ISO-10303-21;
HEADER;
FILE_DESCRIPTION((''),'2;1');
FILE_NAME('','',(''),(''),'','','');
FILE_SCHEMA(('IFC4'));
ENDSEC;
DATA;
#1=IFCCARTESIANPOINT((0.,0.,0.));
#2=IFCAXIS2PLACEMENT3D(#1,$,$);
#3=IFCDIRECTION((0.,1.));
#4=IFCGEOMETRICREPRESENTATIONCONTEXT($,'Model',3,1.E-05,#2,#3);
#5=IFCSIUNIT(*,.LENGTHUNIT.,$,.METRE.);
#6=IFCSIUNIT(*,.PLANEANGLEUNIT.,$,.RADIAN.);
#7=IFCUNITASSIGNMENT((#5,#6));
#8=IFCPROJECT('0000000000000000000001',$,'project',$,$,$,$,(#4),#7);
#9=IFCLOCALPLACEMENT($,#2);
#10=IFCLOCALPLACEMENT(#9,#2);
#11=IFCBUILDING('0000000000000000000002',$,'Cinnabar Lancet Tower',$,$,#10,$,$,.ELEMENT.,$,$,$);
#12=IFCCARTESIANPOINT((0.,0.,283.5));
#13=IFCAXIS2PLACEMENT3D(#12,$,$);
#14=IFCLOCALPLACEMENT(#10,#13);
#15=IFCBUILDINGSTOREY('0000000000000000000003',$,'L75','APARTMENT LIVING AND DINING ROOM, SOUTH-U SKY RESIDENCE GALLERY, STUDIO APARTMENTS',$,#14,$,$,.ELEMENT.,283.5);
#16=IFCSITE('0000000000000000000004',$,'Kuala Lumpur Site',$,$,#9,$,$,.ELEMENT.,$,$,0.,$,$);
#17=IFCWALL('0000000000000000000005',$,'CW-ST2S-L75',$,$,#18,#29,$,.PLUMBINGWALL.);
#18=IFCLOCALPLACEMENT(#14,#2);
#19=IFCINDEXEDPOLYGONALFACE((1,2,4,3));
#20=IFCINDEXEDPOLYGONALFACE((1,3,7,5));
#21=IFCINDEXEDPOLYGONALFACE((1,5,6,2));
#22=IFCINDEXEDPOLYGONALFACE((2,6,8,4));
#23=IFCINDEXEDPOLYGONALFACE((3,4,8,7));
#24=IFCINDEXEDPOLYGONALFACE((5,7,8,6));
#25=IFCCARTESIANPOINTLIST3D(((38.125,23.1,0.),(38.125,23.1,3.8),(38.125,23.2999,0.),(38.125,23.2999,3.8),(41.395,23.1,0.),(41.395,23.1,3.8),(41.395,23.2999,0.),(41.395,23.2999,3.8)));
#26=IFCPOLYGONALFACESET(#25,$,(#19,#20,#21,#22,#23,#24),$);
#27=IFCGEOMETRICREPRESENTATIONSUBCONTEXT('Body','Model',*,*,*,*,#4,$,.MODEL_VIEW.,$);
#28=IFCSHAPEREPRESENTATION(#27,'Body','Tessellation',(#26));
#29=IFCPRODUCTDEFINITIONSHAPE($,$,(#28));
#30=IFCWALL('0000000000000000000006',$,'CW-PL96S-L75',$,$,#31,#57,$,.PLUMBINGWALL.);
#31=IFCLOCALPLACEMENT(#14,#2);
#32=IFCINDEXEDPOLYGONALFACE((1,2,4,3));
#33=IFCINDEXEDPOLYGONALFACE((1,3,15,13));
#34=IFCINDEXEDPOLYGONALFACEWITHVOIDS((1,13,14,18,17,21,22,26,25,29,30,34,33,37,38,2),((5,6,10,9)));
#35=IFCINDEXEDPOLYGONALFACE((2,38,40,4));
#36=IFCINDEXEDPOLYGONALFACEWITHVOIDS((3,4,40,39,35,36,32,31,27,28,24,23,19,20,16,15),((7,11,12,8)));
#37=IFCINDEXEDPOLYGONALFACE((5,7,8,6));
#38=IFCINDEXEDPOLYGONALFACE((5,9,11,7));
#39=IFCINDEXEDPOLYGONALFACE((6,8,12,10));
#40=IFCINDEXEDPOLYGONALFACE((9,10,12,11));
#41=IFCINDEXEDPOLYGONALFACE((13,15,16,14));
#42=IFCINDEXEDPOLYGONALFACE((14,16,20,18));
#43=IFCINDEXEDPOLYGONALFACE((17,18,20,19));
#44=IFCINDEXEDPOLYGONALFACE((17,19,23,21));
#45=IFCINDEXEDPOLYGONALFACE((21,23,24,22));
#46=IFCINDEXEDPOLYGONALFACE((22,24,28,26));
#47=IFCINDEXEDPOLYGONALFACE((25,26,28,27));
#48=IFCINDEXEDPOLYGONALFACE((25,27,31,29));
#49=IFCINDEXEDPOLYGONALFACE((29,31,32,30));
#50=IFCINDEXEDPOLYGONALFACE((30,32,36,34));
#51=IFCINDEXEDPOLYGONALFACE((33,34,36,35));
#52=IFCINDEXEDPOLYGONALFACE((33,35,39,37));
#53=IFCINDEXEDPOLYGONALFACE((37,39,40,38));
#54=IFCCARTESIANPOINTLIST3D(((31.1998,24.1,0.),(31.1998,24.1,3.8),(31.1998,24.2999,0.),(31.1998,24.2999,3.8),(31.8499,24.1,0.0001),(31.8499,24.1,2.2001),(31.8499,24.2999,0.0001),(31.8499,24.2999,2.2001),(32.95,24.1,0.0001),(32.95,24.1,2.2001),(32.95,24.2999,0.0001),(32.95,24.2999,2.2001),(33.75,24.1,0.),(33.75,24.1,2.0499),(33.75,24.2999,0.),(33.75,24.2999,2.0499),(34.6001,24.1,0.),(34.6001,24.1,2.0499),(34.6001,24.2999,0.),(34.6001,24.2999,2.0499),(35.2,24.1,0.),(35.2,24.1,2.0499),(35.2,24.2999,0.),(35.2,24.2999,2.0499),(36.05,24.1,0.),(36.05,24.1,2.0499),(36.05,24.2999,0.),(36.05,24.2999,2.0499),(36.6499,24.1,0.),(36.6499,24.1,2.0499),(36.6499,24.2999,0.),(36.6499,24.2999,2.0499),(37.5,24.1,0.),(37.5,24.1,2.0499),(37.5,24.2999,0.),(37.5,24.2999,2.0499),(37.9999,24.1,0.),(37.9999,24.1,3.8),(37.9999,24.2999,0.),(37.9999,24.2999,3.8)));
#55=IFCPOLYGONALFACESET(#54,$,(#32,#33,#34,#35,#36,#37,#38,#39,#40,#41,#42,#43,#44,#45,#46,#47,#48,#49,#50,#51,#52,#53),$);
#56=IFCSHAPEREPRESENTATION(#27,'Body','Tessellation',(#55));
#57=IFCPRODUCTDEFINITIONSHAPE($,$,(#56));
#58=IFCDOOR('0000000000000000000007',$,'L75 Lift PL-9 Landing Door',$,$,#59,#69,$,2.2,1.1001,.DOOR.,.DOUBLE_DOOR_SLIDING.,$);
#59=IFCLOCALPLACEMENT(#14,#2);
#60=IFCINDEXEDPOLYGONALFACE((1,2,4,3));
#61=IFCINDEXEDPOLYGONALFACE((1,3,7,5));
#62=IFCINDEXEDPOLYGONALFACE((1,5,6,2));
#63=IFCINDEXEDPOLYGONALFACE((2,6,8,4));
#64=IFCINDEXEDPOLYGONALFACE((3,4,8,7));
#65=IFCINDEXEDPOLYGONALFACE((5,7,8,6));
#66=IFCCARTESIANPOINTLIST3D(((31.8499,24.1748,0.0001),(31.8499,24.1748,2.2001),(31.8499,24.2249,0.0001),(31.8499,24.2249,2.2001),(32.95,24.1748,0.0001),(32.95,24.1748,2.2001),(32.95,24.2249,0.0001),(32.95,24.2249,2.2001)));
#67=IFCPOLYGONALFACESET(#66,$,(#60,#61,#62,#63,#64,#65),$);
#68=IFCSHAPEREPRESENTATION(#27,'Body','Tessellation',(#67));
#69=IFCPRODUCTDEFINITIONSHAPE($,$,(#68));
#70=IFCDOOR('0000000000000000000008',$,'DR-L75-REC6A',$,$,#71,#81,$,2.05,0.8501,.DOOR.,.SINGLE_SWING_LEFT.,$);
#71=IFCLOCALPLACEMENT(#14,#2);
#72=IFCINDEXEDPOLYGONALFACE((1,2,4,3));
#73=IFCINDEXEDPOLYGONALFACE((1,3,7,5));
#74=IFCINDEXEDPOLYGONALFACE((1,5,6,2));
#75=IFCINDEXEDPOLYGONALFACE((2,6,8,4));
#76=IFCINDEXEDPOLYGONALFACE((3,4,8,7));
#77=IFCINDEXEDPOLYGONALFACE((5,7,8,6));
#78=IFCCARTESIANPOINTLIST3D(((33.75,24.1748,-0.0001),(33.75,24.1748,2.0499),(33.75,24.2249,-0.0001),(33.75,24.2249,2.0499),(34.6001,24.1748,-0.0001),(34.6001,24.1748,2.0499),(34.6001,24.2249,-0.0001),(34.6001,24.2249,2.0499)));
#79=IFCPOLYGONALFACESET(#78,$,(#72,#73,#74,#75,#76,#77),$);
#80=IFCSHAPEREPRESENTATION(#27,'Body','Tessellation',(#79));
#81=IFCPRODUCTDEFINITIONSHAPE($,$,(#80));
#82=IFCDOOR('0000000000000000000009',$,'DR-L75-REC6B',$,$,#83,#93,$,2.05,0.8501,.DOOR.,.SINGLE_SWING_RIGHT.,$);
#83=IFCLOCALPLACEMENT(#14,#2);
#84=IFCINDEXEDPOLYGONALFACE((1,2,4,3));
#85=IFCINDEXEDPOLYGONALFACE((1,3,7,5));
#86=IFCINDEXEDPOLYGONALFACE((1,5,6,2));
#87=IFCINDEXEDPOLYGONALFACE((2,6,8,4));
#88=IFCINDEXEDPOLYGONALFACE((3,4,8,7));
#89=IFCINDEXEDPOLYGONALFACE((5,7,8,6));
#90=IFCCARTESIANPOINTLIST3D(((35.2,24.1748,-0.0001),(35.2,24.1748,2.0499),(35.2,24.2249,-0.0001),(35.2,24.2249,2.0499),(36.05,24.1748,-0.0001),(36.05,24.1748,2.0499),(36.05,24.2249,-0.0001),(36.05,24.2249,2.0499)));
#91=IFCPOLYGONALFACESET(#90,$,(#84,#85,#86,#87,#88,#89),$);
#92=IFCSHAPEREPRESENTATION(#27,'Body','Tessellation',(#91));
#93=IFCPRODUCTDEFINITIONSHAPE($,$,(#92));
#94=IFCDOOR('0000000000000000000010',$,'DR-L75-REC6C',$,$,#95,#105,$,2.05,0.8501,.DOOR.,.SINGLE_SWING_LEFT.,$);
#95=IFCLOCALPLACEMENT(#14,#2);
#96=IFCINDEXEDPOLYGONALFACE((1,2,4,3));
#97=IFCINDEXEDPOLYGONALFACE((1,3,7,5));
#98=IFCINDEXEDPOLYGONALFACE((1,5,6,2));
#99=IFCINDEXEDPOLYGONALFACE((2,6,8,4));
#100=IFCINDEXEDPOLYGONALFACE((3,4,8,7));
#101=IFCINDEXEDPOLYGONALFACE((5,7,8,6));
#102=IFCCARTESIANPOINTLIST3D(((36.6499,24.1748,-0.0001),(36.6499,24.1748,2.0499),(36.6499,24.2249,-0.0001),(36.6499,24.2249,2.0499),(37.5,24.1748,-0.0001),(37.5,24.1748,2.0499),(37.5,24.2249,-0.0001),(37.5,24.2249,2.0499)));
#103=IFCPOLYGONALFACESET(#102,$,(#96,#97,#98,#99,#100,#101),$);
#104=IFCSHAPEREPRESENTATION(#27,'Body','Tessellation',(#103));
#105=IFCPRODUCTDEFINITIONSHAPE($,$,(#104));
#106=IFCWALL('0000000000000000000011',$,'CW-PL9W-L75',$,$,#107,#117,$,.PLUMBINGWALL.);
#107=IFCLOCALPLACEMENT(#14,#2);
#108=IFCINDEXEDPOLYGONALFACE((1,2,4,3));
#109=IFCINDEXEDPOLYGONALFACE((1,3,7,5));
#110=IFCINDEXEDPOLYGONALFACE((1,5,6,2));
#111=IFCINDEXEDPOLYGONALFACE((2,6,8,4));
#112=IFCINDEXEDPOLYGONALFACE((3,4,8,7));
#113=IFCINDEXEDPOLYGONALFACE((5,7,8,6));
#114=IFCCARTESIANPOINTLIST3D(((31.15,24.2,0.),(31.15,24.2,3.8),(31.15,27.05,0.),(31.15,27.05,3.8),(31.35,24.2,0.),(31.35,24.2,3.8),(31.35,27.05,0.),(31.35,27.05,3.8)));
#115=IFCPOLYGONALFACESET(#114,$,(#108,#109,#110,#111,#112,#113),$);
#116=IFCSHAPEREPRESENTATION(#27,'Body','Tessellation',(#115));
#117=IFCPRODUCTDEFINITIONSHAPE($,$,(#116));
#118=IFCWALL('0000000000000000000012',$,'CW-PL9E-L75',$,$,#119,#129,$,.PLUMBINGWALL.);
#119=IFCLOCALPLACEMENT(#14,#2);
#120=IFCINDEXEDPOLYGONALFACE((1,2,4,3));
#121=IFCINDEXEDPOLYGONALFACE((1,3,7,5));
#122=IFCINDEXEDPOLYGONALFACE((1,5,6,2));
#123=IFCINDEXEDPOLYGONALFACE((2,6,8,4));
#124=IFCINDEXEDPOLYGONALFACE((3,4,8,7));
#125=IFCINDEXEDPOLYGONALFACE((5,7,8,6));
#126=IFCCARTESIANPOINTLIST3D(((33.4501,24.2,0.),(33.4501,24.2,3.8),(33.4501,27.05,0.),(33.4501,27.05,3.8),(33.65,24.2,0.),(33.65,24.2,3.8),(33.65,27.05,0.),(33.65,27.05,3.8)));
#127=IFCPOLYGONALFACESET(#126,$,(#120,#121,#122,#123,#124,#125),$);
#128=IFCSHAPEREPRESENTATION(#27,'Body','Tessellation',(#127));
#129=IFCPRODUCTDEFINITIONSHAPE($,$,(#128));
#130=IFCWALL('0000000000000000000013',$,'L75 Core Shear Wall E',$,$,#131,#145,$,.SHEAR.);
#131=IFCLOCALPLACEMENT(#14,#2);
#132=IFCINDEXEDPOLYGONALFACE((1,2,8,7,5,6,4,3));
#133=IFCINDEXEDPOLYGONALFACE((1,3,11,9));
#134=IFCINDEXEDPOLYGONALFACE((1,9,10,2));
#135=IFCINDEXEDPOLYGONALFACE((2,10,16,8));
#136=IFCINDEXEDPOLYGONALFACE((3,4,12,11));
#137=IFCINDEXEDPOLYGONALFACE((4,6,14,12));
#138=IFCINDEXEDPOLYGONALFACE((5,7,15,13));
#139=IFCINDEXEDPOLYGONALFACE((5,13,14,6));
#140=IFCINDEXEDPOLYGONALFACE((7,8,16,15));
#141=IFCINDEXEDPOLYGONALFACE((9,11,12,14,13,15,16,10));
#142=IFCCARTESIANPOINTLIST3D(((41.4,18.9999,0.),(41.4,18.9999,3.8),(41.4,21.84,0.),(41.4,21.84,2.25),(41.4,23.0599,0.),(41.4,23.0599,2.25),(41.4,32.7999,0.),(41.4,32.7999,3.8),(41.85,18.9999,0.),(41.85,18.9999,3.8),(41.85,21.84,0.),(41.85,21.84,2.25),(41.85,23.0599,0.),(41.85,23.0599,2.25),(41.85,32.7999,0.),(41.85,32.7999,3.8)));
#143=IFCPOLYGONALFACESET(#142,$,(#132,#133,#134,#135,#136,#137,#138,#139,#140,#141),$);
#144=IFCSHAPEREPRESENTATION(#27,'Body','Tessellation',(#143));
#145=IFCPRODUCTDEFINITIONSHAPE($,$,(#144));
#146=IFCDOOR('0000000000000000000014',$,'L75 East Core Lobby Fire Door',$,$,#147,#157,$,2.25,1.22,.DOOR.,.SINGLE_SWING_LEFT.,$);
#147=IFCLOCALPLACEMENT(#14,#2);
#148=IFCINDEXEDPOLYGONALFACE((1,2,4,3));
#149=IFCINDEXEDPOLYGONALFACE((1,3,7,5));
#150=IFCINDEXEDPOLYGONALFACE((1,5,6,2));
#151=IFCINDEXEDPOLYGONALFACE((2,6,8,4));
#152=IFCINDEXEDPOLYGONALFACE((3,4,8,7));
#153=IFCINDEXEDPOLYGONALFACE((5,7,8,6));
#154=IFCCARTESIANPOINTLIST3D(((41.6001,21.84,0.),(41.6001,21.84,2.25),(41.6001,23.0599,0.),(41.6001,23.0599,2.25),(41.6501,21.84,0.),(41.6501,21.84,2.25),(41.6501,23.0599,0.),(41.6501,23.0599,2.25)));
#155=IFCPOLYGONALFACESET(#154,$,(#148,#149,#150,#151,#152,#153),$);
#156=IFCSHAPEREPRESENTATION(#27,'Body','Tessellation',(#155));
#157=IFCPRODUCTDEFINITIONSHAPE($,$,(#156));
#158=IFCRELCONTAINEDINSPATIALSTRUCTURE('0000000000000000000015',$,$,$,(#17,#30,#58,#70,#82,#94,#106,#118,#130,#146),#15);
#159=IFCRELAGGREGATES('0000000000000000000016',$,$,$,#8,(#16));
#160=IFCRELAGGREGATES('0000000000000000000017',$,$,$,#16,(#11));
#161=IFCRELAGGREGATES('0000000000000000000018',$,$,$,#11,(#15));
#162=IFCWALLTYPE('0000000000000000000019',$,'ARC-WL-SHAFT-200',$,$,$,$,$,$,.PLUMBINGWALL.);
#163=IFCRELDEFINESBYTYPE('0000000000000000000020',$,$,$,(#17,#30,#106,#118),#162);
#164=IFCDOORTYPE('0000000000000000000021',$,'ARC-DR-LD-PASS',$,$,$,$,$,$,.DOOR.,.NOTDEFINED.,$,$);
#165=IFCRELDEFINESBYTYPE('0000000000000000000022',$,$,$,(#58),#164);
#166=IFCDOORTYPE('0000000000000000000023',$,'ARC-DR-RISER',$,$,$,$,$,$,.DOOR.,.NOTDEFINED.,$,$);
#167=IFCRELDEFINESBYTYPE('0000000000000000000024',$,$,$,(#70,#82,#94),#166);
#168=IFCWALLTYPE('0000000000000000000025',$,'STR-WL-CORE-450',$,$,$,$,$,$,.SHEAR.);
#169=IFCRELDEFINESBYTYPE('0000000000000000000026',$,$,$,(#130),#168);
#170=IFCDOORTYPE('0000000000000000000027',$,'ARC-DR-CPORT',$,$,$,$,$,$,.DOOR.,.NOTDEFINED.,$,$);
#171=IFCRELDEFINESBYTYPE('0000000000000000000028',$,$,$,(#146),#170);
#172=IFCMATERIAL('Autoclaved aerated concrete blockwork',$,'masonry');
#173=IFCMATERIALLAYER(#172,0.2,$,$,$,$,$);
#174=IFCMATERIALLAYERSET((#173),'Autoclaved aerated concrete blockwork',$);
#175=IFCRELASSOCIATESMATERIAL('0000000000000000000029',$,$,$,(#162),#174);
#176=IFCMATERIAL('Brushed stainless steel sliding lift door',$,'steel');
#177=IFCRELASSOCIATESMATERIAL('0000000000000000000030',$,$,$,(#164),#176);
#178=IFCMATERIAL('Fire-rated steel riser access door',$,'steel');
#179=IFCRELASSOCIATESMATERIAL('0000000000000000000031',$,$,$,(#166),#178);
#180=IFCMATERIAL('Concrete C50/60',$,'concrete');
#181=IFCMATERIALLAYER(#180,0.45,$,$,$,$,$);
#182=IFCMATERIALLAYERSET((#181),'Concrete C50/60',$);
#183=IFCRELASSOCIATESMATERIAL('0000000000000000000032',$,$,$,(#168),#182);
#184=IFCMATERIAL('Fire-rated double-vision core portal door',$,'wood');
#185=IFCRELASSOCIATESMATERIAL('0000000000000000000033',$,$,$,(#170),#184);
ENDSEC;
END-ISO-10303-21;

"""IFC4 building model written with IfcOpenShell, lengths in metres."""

from ifc_helpers import new_model, si_unit, direction, frame, frame_2d, origin, place, context, subcontext, project, spatial, rectangle, extrude, material, layer, layer_set, type_object, element, fill, save


model = new_model("IFC4")

# Units and contexts
model_context = context("Model", 3, precision=1e-05, world=origin(), true_north=direction((0.0, 1.0)))
body_context = subcontext(model_context, "Body", "Model", "MODEL_VIEW")
ifc_project = project(units=[si_unit("LENGTHUNIT", "METRE"), si_unit("PLANEANGLEUNIT", "RADIAN")], contexts=[model_context])

# Site, building, storey
site_placement = place(None, origin())
site = spatial("IfcSite", under=ifc_project, at=site_placement, Name="Kuala Lumpur Site", CompositionType="ELEMENT", RefElevation=0.0)
building_placement = place(site_placement, origin())
building = spatial("IfcBuilding", under=site, at=building_placement, Name="Cinnabar Lancet Tower", CompositionType="ELEMENT")
storey_placement = place(building_placement, frame((0.0, 0.0, 283.5)))
storey = spatial("IfcBuildingStorey", under=building, at=storey_placement, Name="L75", Description="APARTMENT LIVING AND DINING ROOM, SOUTH-U SKY RESIDENCE GALLERY, STUDIO APARTMENTS", CompositionType="ELEMENT", Elevation=283.5)

# Wall
ifc_material_1 = material(Name="Autoclaved aerated concrete blockwork", Category="masonry")
ifc_layer_1 = layer(ifc_material_1, 0.2)
ifc_layer_set_1 = layer_set([ifc_layer_1], Name="Autoclaved aerated concrete blockwork")
wall_type_1 = type_object("IfcWallType", Name="ARC-WL-SHAFT-200", PredefinedType="PLUMBINGWALL", material=ifc_layer_set_1)
wall_1_placement = place(storey_placement, frame((38.125, 23.2, 0.0), z_axis=(0.0, 0.0, 1.0), x_axis=(1.0, 0.0, 0.0)))
element("IfcWall", 1, at=wall_1_placement, inside=storey, type_object=wall_type_1, Name="CW-ST2S-L75", PredefinedType="PLUMBINGWALL", context=body_context, shape_type="SweptSolid", body=[
    extrude(rectangle(XDim=3.27, YDim=0.2, at=frame_2d((1.635, 0.0))), origin(), (0.0, 0.0, 1.0), 3.8),
])

# Wall, openings, doors
wall_2_placement = place(storey_placement, frame((31.2, 24.2, 0.0), z_axis=(0.0, 0.0, 1.0), x_axis=(1.0, 0.0, 0.0)))
wall_2 = element("IfcWall", 2, at=wall_2_placement, inside=storey, type_object=wall_type_1, Name="CW-PL96S-L75", PredefinedType="PLUMBINGWALL", context=body_context, shape_type="SweptSolid", body=[
    extrude(rectangle(XDim=6.8, YDim=0.2, at=frame_2d((3.3999, 0.0))), origin(), (0.0, 0.0, 1.0), 3.8),
])
opening_1_placement = place(wall_2_placement, frame((0.6499, 0.0, 0.0)))
opening_1 = element("IfcOpeningElement", 3, at=opening_1_placement, cuts=wall_2, PredefinedType="OPENING", context=body_context, shape_type="SweptSolid", body=[
    extrude(rectangle(XDim=1.1001, YDim=2.2, at=frame_2d((0.55, 1.1001))), frame((0.0, 0.1099, 0.0), z_axis=(0.0, -1.0, 0.0), x_axis=(1.0, 0.0, 0.0)), (0.0, 0.0, 1.0), 0.22),
])
opening_2_placement = place(wall_2_placement, frame((2.55, 0.0, 0.0)))
opening_2 = element("IfcOpeningElement", 4, at=opening_2_placement, cuts=wall_2, PredefinedType="OPENING", context=body_context, shape_type="SweptSolid", body=[
    extrude(rectangle(XDim=0.8501, YDim=2.05, at=frame_2d((0.425, 1.0249))), frame((0.0, 0.1099, 0.0), z_axis=(0.0, -1.0, 0.0), x_axis=(1.0, 0.0, 0.0)), (0.0, 0.0, 1.0), 0.22),
])
opening_3_placement = place(wall_2_placement, frame((4.0, 0.0, 0.0)))
opening_3 = element("IfcOpeningElement", 5, at=opening_3_placement, cuts=wall_2, PredefinedType="OPENING", context=body_context, shape_type="SweptSolid", body=[
    extrude(rectangle(XDim=0.8501, YDim=2.05, at=frame_2d((0.425, 1.0249))), frame((0.0, 0.1099, 0.0), z_axis=(0.0, -1.0, 0.0), x_axis=(1.0, 0.0, 0.0)), (0.0, 0.0, 1.0), 0.22),
])
opening_4_placement = place(wall_2_placement, frame((5.45, 0.0, 0.0)))
opening_4 = element("IfcOpeningElement", 6, at=opening_4_placement, cuts=wall_2, PredefinedType="OPENING", context=body_context, shape_type="SweptSolid", body=[
    extrude(rectangle(XDim=0.8501, YDim=2.05, at=frame_2d((0.425, 1.0249))), frame((0.0, 0.1099, 0.0), z_axis=(0.0, -1.0, 0.0), x_axis=(1.0, 0.0, 0.0)), (0.0, 0.0, 1.0), 0.22),
])
ifc_material_2 = material(Name="Brushed stainless steel sliding lift door", Category="steel")
door_type_1 = type_object("IfcDoorType", Name="ARC-DR-LD-PASS", OperationType="NOTDEFINED", PredefinedType="DOOR", material=ifc_material_2)
door_1_placement = place(opening_1_placement, origin())
door_1 = element("IfcDoor", 7, at=door_1_placement, inside=storey, type_object=door_type_1, Name="L75 Lift PL-9 Landing Door", OperationType="DOUBLE_DOOR_SLIDING", OverallHeight=2.2, OverallWidth=1.1001, PredefinedType="DOOR", context=body_context, shape_type="SweptSolid", body=[
    extrude(rectangle(XDim=1.1001, YDim=2.2, at=frame_2d((0.55, 1.1001))), frame((0.0, 0.0249, 0.0), z_axis=(0.0, -1.0, 0.0), x_axis=(1.0, 0.0, 0.0)), (0.0, 0.0, 1.0), 0.05),
])
fill(opening_1, door_1)
ifc_material_3 = material(Name="Fire-rated steel riser access door", Category="steel")
door_type_2 = type_object("IfcDoorType", Name="ARC-DR-RISER", OperationType="NOTDEFINED", PredefinedType="DOOR", material=ifc_material_3)
door_2_placement = place(opening_2_placement, origin())
door_2 = element("IfcDoor", 8, at=door_2_placement, inside=storey, type_object=door_type_2, Name="DR-L75-REC6A", OperationType="SINGLE_SWING_LEFT", OverallHeight=2.05, OverallWidth=0.8501, PredefinedType="DOOR", context=body_context, shape_type="SweptSolid", body=[
    extrude(rectangle(XDim=0.8501, YDim=2.05, at=frame_2d((0.425, 1.0249))), frame((0.0, 0.0249, 0.0), z_axis=(0.0, -1.0, 0.0), x_axis=(1.0, 0.0, 0.0)), (0.0, 0.0, 1.0), 0.05),
])
fill(opening_2, door_2)
door_3_placement = place(opening_3_placement, origin())
door_3 = element("IfcDoor", 9, at=door_3_placement, inside=storey, type_object=door_type_2, Name="DR-L75-REC6B", OperationType="SINGLE_SWING_RIGHT", OverallHeight=2.05, OverallWidth=0.8501, PredefinedType="DOOR", context=body_context, shape_type="SweptSolid", body=[
    extrude(rectangle(XDim=0.8501, YDim=2.05, at=frame_2d((0.425, 1.0249))), frame((0.0, 0.0249, 0.0), z_axis=(0.0, -1.0, 0.0), x_axis=(1.0, 0.0, 0.0)), (0.0, 0.0, 1.0), 0.05),
])
fill(opening_3, door_3)
door_4_placement = place(opening_4_placement, origin())
door_4 = element("IfcDoor", 10, at=door_4_placement, inside=storey, type_object=door_type_2, Name="DR-L75-REC6C", OperationType="SINGLE_SWING_LEFT", OverallHeight=2.05, OverallWidth=0.8501, PredefinedType="DOOR", context=body_context, shape_type="SweptSolid", body=[
    extrude(rectangle(XDim=0.8501, YDim=2.05, at=frame_2d((0.425, 1.0249))), frame((0.0, 0.0249, 0.0), z_axis=(0.0, -1.0, 0.0), x_axis=(1.0, 0.0, 0.0)), (0.0, 0.0, 1.0), 0.05),
])
fill(opening_4, door_4)

# Walls
for number, where, z_axis, x_axis, name in (
    (11, (31.25, 24.2, 0.0), (0.0, 0.0, 1.0), (0.0, 1.0, 0.0), "CW-PL9W-L75"),
    (12, (33.55, 24.2, 0.0), (0.0, 0.0, 1.0), (0.0, 1.0, 0.0), "CW-PL9E-L75"),
):
    element("IfcWall", number, at=place(storey_placement, frame(where, z_axis=z_axis, x_axis=x_axis)), inside=storey, type_object=wall_type_1, Name=name, PredefinedType="PLUMBINGWALL", context=body_context, shape_type="SweptSolid", body=[
        extrude(rectangle(XDim=2.8501, YDim=0.2, at=frame_2d((1.425, 0.0))), origin(), (0.0, 0.0, 1.0), 3.8),
    ])

# Wall, opening, door
ifc_material_4 = material(Name="Concrete C50/60", Category="concrete")
ifc_layer_2 = layer(ifc_material_4, 0.45)
ifc_layer_set_2 = layer_set([ifc_layer_2], Name="Concrete C50/60")
wall_type_2 = type_object("IfcWallType", Name="STR-WL-CORE-450", PredefinedType="SHEAR", material=ifc_layer_set_2)
wall_3_placement = place(storey_placement, frame((41.625, 19.0, 0.0), z_axis=(0.0, 0.0, 1.0), x_axis=(0.0, 1.0, 0.0)))
wall_3 = element("IfcWall", 13, at=wall_3_placement, inside=storey, type_object=wall_type_2, Name="L75 Core Shear Wall E", PredefinedType="SHEAR", context=body_context, shape_type="SweptSolid", body=[
    extrude(rectangle(XDim=13.8, YDim=0.45, at=frame_2d((6.8999, 0.0))), origin(), (0.0, 0.0, 1.0), 3.8),
])
opening_5_placement = place(wall_3_placement, frame((2.8401, 0.0, 0.0)))
opening_5 = element("IfcOpeningElement", 14, at=opening_5_placement, cuts=wall_3, PredefinedType="OPENING", context=body_context, shape_type="SweptSolid", body=[
    extrude(rectangle(XDim=1.22, YDim=2.25, at=frame_2d((0.6099, 1.125))), frame((0.0, 0.2349, 0.0), z_axis=(0.0, -1.0, 0.0), x_axis=(1.0, 0.0, 0.0)), (0.0, 0.0, 1.0), 0.47),
])
ifc_material_5 = material(Name="Fire-rated double-vision core portal door", Category="wood")
door_type_3 = type_object("IfcDoorType", Name="ARC-DR-CPORT", OperationType="NOTDEFINED", PredefinedType="DOOR", material=ifc_material_5)
door_5_placement = place(opening_5_placement, origin())
door_5 = element("IfcDoor", 15, at=door_5_placement, inside=storey, type_object=door_type_3, Name="L75 East Core Lobby Fire Door", OperationType="SINGLE_SWING_LEFT", OverallHeight=2.25, OverallWidth=1.22, PredefinedType="DOOR", context=body_context, shape_type="SweptSolid", body=[
    extrude(rectangle(XDim=1.22, YDim=2.25, at=frame_2d((0.6099, 1.125))), frame((0.0, 0.0249, 0.0), z_axis=(0.0, -1.0, 0.0), x_axis=(1.0, 0.0, 0.0)), (0.0, 0.0, 1.0), 0.05),
])
fill(opening_5, door_5)

save(model, "model.ifc")
